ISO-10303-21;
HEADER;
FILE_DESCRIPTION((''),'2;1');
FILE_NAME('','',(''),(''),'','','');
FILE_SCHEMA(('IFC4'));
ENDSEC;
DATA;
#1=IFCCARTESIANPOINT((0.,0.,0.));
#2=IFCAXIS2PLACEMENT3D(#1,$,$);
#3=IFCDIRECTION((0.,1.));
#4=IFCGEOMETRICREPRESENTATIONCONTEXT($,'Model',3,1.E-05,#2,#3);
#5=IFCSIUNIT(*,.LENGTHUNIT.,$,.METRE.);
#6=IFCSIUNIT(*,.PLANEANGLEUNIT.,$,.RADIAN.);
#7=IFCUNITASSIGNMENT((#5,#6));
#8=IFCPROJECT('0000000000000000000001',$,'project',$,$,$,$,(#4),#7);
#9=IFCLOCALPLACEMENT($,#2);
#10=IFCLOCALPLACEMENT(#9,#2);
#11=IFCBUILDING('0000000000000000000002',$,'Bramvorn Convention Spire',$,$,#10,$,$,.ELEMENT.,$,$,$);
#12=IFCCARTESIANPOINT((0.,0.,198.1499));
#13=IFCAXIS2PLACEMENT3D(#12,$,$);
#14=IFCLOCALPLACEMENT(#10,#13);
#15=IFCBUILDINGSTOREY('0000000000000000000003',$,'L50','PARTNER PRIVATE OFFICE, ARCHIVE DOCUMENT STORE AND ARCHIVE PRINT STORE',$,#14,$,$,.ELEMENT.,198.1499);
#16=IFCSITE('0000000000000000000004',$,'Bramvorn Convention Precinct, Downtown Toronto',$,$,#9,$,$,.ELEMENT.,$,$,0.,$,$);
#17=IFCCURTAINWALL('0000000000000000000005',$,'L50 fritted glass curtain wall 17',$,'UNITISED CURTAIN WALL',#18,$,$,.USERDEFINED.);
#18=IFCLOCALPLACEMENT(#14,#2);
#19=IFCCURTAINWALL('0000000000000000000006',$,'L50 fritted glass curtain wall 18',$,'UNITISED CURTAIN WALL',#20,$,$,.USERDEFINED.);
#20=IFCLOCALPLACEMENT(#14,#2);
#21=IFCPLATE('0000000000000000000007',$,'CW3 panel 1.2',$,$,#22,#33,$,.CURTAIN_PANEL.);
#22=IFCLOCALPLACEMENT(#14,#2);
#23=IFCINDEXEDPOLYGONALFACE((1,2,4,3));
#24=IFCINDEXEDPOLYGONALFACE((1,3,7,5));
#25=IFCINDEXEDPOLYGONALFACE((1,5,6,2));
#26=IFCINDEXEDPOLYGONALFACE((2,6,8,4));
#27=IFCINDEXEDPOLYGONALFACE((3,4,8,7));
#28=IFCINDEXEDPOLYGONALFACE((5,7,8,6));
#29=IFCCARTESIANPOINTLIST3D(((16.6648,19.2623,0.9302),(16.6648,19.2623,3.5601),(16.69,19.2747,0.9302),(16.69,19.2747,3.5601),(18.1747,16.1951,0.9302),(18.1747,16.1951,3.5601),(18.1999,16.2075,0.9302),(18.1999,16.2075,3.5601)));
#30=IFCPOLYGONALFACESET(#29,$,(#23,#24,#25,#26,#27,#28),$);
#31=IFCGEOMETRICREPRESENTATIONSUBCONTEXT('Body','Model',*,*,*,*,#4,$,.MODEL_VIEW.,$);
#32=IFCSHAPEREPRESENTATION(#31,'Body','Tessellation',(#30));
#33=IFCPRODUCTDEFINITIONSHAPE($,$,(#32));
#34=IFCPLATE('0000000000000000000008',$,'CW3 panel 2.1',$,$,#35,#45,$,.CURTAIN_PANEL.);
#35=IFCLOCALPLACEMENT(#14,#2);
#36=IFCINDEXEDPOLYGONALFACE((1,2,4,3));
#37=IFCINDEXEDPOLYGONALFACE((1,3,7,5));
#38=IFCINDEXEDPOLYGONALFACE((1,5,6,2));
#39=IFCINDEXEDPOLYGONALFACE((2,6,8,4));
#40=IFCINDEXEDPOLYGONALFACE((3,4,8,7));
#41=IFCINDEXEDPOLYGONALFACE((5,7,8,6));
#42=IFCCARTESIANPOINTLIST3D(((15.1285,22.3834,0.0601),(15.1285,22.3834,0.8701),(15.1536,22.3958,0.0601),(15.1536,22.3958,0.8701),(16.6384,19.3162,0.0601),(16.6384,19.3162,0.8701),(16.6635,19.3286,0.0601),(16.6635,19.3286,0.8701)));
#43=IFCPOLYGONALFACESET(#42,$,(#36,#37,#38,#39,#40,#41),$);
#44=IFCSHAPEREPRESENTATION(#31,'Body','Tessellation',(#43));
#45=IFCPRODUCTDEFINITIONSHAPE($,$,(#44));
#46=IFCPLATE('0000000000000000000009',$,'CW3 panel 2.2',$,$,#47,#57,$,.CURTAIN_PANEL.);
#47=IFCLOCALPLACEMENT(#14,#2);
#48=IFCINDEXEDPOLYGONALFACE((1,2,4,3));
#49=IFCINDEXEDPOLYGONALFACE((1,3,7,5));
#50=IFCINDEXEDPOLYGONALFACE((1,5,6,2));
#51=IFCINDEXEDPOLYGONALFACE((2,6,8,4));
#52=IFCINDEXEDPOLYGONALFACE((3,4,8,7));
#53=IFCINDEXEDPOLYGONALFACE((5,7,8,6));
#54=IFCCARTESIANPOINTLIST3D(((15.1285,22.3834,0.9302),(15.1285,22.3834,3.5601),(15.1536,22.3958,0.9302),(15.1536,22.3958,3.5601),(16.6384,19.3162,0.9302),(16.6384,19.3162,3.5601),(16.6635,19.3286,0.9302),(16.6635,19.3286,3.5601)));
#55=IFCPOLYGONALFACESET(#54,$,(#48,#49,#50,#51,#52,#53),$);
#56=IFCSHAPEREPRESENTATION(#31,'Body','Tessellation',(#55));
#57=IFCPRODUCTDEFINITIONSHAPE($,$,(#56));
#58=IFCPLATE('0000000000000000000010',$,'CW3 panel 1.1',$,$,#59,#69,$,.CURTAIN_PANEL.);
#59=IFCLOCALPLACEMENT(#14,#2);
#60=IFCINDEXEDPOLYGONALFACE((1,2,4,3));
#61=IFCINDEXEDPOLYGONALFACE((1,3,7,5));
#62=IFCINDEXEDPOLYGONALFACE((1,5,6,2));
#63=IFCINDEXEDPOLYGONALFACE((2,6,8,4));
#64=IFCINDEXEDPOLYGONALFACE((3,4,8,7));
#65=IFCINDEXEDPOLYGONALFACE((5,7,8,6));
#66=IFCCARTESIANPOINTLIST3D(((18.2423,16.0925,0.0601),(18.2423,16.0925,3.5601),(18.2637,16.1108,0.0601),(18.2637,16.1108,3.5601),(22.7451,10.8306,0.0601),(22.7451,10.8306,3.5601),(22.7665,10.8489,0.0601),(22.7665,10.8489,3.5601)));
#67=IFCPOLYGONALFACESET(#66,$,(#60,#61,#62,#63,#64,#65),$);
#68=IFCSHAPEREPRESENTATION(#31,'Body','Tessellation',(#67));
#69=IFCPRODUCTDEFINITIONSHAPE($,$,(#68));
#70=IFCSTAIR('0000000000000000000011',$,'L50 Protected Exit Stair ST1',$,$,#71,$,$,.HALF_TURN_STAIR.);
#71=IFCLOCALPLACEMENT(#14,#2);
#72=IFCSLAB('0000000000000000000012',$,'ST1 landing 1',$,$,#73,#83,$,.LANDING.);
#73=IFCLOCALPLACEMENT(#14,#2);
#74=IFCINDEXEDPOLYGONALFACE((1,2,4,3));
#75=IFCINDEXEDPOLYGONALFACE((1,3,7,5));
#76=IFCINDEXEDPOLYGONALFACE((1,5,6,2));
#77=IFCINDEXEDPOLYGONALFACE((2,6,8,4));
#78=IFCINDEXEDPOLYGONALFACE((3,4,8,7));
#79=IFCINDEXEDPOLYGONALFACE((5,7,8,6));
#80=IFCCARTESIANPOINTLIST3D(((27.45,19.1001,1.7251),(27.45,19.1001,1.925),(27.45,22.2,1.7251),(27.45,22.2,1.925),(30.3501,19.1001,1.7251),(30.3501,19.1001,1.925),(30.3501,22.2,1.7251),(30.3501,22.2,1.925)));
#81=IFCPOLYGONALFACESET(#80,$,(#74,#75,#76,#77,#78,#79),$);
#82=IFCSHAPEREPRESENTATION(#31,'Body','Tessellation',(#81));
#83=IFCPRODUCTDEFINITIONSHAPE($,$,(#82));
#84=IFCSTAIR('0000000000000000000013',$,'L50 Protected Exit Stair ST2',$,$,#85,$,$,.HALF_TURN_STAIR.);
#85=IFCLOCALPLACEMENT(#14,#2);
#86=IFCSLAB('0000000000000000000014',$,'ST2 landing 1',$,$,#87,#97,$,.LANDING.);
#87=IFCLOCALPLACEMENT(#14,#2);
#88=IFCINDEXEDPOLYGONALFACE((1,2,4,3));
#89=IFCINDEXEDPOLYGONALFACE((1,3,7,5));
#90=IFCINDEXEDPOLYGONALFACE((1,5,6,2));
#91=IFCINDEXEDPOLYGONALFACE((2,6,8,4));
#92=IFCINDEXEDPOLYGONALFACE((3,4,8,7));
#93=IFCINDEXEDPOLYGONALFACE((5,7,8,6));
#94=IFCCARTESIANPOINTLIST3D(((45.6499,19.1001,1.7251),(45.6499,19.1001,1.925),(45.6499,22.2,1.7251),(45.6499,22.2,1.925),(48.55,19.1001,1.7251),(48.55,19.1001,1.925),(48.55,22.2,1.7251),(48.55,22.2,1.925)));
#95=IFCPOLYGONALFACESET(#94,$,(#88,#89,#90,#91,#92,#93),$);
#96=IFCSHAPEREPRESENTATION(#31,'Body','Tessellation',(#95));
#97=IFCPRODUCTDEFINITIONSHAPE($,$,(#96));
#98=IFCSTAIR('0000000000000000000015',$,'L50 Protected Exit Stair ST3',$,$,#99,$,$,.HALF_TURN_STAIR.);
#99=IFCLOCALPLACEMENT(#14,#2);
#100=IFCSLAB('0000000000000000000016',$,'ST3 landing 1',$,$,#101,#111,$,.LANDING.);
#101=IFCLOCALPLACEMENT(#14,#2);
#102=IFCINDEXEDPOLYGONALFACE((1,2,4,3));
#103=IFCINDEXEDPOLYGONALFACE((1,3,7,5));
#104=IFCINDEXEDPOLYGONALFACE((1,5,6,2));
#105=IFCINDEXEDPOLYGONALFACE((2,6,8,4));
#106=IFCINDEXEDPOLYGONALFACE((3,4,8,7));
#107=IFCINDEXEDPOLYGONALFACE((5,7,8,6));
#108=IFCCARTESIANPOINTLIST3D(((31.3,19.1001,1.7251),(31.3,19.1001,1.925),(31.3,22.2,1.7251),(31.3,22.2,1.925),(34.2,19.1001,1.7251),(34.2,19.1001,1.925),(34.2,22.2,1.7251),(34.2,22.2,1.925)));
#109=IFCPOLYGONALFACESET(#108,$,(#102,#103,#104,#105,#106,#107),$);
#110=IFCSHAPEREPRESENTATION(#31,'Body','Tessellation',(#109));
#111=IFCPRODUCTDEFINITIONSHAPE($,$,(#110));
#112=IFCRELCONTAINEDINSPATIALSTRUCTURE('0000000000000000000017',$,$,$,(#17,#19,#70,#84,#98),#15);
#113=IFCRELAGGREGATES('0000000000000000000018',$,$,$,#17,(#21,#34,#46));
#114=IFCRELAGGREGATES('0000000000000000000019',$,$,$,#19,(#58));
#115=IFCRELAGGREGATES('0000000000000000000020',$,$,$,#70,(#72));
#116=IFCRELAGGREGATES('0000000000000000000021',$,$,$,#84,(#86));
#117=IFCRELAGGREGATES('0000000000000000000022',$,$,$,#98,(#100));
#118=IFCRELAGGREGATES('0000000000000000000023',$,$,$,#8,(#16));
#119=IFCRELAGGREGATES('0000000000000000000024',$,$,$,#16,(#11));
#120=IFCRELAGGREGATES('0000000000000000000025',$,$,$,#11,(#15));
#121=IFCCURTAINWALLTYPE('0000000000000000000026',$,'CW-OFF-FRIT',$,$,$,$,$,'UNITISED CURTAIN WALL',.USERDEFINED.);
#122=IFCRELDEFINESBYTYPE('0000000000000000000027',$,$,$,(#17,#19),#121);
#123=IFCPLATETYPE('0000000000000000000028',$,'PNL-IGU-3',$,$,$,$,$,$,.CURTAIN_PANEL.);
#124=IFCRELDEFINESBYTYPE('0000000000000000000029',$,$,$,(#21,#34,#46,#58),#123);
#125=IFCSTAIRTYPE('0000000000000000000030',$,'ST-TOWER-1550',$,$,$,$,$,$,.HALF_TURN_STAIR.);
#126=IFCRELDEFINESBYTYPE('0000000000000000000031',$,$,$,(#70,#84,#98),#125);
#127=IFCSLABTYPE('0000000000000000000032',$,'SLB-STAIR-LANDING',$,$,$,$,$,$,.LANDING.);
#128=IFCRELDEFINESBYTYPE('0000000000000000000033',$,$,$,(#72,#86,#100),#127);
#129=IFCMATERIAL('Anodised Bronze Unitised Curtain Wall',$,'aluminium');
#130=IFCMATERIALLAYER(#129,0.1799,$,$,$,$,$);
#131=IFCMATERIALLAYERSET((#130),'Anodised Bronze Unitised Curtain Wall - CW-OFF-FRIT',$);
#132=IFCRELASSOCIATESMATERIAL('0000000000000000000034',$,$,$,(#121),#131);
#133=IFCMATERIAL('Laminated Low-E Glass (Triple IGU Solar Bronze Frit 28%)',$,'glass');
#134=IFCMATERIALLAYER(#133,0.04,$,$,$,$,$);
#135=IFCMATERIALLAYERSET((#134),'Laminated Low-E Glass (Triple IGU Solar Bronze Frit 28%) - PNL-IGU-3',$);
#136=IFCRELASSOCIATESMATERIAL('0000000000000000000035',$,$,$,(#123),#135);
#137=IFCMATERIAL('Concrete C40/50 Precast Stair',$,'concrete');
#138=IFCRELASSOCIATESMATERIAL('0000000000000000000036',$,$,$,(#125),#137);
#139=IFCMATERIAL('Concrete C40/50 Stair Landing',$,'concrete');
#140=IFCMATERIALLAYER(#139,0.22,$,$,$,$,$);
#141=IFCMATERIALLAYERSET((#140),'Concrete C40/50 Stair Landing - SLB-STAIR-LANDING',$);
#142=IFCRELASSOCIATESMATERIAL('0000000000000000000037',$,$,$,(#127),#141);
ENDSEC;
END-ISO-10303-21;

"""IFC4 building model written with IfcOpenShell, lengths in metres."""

from ifc_helpers import new_model, si_unit, direction, frame, origin, origin_2d, place, context, subcontext, project, spatial, polyline, rectangle, outline, extrude, material, layer, layer_set, type_object, element, aggregate, save


model = new_model("IFC4")

# Units and contexts
model_context = context("Model", 3, precision=1e-05, world=origin(), true_north=direction((0.0, 1.0)))
body_context = subcontext(model_context, "Body", "Model", "MODEL_VIEW")
ifc_project = project(units=[si_unit("LENGTHUNIT", "METRE"), si_unit("PLANEANGLEUNIT", "RADIAN")], contexts=[model_context])

# Site, building, storey
site_placement = place(None, origin())
site = spatial("IfcSite", under=ifc_project, at=site_placement, Name="Bramvorn Convention Precinct, Downtown Toronto", CompositionType="ELEMENT", RefElevation=0.0)
building_placement = place(site_placement, origin())
building = spatial("IfcBuilding", under=site, at=building_placement, Name="Bramvorn Convention Spire", CompositionType="ELEMENT")
storey_placement = place(building_placement, frame((0.0, 0.0, 198.1499)))
storey = spatial("IfcBuildingStorey", under=building, at=storey_placement, Name="L50", Description="PARTNER PRIVATE OFFICE, ARCHIVE DOCUMENT STORE AND ARCHIVE PRINT STORE", CompositionType="ELEMENT", Elevation=198.1499)

# Curtain walls
ifc_material_1 = material(Name="Anodised Bronze Unitised Curtain Wall", Category="aluminium")
ifc_layer_1 = layer(ifc_material_1, 0.1799)
ifc_layer_set_1 = layer_set([ifc_layer_1], Name="Anodised Bronze Unitised Curtain Wall - CW-OFF-FRIT")
curtain_wall_type = type_object("IfcCurtainWallType", Name="CW-OFF-FRIT", ElementType="UNITISED CURTAIN WALL", PredefinedType="USERDEFINED", material=ifc_layer_set_1)
curtain_wall_1_placement = place(storey_placement, origin())
curtain_wall_1 = element("IfcCurtainWall", 1, at=curtain_wall_1_placement, inside=storey, type_object=curtain_wall_type, Name="L50 fritted glass curtain wall 17", ObjectType="UNITISED CURTAIN WALL", PredefinedType="USERDEFINED")
curtain_wall_2_placement = place(storey_placement, origin())
curtain_wall_2 = element("IfcCurtainWall", 2, at=curtain_wall_2_placement, inside=storey, type_object=curtain_wall_type, Name="L50 fritted glass curtain wall 18", ObjectType="UNITISED CURTAIN WALL", PredefinedType="USERDEFINED")

# Plates
ifc_material_2 = material(Name="Laminated Low-E Glass (Triple IGU Solar Bronze Frit 28%)", Category="glass")
ifc_layer_2 = layer(ifc_material_2, 0.04)
ifc_layer_set_2 = layer_set([ifc_layer_2], Name="Laminated Low-E Glass (Triple IGU Solar Bronze Frit 28%) - PNL-IGU-3")
plate_type = type_object("IfcPlateType", Name="PNL-IGU-3", PredefinedType="CURTAIN_PANEL", material=ifc_layer_set_2)
plate_1_placement = place(storey_placement, frame((17.4324, 17.7349, 0.9302), z_axis=(0.0, 0.0, 1.0), x_axis=(-0.441659, 0.897183, 0.0)))
plate_1 = element("IfcPlate", 3, at=plate_1_placement, type_object=plate_type, Name="CW3 panel 1.2", PredefinedType="CURTAIN_PANEL", context=body_context, shape_type="SweptSolid", body=[
    extrude(rectangle(XDim=3.4187, YDim=0.0281, at=origin_2d()), origin(), (0.0, 0.0, 1.0), 2.6299),
])
plate_2_placement = place(storey_placement, frame((15.896, 20.856, 0.0601), z_axis=(0.0, 0.0, 1.0), x_axis=(-0.441659, 0.897183, 0.0)))
plate_2 = element("IfcPlate", 4, at=plate_2_placement, type_object=plate_type, Name="CW3 panel 2.1", PredefinedType="CURTAIN_PANEL", context=body_context, shape_type="SweptSolid", body=[
    extrude(rectangle(XDim=3.4187, YDim=0.0281, at=origin_2d()), origin(), (0.0, 0.0, 1.0), 0.8101),
])
plate_3_placement = place(storey_placement, frame((15.896, 20.856, 0.9302), z_axis=(0.0, 0.0, 1.0), x_axis=(-0.441659, 0.897183, 0.0)))
plate_3 = element("IfcPlate", 5, at=plate_3_placement, type_object=plate_type, Name="CW3 panel 2.2", PredefinedType="CURTAIN_PANEL", context=body_context, shape_type="SweptSolid", body=[
    extrude(rectangle(XDim=3.4187, YDim=0.0281, at=origin_2d()), origin(), (0.0, 0.0, 1.0), 2.6299),
])
aggregate(curtain_wall_1, [plate_1, plate_2, plate_3])
plate_4_placement = place(storey_placement, frame((20.5044, 13.4707, 0.0601), z_axis=(0.0, 0.0, 1.0), x_axis=(-0.650172, 0.759787, 0.0)))
plate_4 = element("IfcPlate", 6, at=plate_4_placement, type_object=plate_type, Name="CW3 panel 1.1", PredefinedType="CURTAIN_PANEL", context=body_context, shape_type="SweptSolid", body=[
    extrude(rectangle(XDim=6.9255, YDim=0.0281, at=origin_2d()), origin(), (0.0, 0.0, 1.0), 3.5),
])
aggregate(curtain_wall_2, [plate_4])

# Stairs, slabs
ifc_material_3 = material(Name="Concrete C40/50 Precast Stair", Category="concrete")
stair_type = type_object("IfcStairType", Name="ST-TOWER-1550", PredefinedType="HALF_TURN_STAIR", material=ifc_material_3)
stair_1_placement = place(storey_placement, origin())
stair_1 = element("IfcStair", 7, at=stair_1_placement, inside=storey, type_object=stair_type, Name="L50 Protected Exit Stair ST1", PredefinedType="HALF_TURN_STAIR")
ifc_material_4 = material(Name="Concrete C40/50 Stair Landing", Category="concrete")
ifc_layer_3 = layer(ifc_material_4, 0.22)
ifc_layer_set_3 = layer_set([ifc_layer_3], Name="Concrete C40/50 Stair Landing - SLB-STAIR-LANDING")
slab_type_1 = type_object("IfcSlabType", Name="SLB-STAIR-LANDING", PredefinedType="LANDING", material=ifc_layer_set_3)
slab_1_placement = place(storey_placement, frame((0.0, 0.0, 1.7251)))
slab_1 = element("IfcSlab", 8, at=slab_1_placement, type_object=slab_type_1, Name="ST1 landing 1", PredefinedType="LANDING", context=body_context, shape_type="SweptSolid", body=[
    extrude(outline(polyline([(27.45, 22.2), (27.45, 19.1001), (30.3501, 19.1001), (30.3501, 22.2), (27.45, 22.2)])), origin(), (0.0, 0.0, 1.0), 0.2),
])
aggregate(stair_1, [slab_1])
stair_2_placement = place(storey_placement, origin())
stair_2 = element("IfcStair", 9, at=stair_2_placement, inside=storey, type_object=stair_type, Name="L50 Protected Exit Stair ST2", PredefinedType="HALF_TURN_STAIR")
slab_2_placement = place(storey_placement, frame((0.0, 0.0, 1.7251)))
slab_2 = element("IfcSlab", 10, at=slab_2_placement, type_object=slab_type_1, Name="ST2 landing 1", PredefinedType="LANDING", context=body_context, shape_type="SweptSolid", body=[
    extrude(outline(polyline([(45.6499, 22.2), (45.6499, 19.1001), (48.55, 19.1001), (48.55, 22.2), (45.6499, 22.2)])), origin(), (0.0, 0.0, 1.0), 0.2),
])
aggregate(stair_2, [slab_2])
stair_3_placement = place(storey_placement, origin())
stair_3 = element("IfcStair", 11, at=stair_3_placement, inside=storey, type_object=stair_type, Name="L50 Protected Exit Stair ST3", PredefinedType="HALF_TURN_STAIR")
slab_3_placement = place(storey_placement, frame((0.0, 0.0, 1.7251)))
slab_3 = element("IfcSlab", 12, at=slab_3_placement, type_object=slab_type_1, Name="ST3 landing 1", PredefinedType="LANDING", context=body_context, shape_type="SweptSolid", body=[
    extrude(outline(polyline([(31.3, 22.2), (31.3, 19.1001), (34.2, 19.1001), (34.2, 22.2), (31.3, 22.2)])), origin(), (0.0, 0.0, 1.0), 0.2),
])
aggregate(stair_3, [slab_3])

save(model, "model.ifc")
